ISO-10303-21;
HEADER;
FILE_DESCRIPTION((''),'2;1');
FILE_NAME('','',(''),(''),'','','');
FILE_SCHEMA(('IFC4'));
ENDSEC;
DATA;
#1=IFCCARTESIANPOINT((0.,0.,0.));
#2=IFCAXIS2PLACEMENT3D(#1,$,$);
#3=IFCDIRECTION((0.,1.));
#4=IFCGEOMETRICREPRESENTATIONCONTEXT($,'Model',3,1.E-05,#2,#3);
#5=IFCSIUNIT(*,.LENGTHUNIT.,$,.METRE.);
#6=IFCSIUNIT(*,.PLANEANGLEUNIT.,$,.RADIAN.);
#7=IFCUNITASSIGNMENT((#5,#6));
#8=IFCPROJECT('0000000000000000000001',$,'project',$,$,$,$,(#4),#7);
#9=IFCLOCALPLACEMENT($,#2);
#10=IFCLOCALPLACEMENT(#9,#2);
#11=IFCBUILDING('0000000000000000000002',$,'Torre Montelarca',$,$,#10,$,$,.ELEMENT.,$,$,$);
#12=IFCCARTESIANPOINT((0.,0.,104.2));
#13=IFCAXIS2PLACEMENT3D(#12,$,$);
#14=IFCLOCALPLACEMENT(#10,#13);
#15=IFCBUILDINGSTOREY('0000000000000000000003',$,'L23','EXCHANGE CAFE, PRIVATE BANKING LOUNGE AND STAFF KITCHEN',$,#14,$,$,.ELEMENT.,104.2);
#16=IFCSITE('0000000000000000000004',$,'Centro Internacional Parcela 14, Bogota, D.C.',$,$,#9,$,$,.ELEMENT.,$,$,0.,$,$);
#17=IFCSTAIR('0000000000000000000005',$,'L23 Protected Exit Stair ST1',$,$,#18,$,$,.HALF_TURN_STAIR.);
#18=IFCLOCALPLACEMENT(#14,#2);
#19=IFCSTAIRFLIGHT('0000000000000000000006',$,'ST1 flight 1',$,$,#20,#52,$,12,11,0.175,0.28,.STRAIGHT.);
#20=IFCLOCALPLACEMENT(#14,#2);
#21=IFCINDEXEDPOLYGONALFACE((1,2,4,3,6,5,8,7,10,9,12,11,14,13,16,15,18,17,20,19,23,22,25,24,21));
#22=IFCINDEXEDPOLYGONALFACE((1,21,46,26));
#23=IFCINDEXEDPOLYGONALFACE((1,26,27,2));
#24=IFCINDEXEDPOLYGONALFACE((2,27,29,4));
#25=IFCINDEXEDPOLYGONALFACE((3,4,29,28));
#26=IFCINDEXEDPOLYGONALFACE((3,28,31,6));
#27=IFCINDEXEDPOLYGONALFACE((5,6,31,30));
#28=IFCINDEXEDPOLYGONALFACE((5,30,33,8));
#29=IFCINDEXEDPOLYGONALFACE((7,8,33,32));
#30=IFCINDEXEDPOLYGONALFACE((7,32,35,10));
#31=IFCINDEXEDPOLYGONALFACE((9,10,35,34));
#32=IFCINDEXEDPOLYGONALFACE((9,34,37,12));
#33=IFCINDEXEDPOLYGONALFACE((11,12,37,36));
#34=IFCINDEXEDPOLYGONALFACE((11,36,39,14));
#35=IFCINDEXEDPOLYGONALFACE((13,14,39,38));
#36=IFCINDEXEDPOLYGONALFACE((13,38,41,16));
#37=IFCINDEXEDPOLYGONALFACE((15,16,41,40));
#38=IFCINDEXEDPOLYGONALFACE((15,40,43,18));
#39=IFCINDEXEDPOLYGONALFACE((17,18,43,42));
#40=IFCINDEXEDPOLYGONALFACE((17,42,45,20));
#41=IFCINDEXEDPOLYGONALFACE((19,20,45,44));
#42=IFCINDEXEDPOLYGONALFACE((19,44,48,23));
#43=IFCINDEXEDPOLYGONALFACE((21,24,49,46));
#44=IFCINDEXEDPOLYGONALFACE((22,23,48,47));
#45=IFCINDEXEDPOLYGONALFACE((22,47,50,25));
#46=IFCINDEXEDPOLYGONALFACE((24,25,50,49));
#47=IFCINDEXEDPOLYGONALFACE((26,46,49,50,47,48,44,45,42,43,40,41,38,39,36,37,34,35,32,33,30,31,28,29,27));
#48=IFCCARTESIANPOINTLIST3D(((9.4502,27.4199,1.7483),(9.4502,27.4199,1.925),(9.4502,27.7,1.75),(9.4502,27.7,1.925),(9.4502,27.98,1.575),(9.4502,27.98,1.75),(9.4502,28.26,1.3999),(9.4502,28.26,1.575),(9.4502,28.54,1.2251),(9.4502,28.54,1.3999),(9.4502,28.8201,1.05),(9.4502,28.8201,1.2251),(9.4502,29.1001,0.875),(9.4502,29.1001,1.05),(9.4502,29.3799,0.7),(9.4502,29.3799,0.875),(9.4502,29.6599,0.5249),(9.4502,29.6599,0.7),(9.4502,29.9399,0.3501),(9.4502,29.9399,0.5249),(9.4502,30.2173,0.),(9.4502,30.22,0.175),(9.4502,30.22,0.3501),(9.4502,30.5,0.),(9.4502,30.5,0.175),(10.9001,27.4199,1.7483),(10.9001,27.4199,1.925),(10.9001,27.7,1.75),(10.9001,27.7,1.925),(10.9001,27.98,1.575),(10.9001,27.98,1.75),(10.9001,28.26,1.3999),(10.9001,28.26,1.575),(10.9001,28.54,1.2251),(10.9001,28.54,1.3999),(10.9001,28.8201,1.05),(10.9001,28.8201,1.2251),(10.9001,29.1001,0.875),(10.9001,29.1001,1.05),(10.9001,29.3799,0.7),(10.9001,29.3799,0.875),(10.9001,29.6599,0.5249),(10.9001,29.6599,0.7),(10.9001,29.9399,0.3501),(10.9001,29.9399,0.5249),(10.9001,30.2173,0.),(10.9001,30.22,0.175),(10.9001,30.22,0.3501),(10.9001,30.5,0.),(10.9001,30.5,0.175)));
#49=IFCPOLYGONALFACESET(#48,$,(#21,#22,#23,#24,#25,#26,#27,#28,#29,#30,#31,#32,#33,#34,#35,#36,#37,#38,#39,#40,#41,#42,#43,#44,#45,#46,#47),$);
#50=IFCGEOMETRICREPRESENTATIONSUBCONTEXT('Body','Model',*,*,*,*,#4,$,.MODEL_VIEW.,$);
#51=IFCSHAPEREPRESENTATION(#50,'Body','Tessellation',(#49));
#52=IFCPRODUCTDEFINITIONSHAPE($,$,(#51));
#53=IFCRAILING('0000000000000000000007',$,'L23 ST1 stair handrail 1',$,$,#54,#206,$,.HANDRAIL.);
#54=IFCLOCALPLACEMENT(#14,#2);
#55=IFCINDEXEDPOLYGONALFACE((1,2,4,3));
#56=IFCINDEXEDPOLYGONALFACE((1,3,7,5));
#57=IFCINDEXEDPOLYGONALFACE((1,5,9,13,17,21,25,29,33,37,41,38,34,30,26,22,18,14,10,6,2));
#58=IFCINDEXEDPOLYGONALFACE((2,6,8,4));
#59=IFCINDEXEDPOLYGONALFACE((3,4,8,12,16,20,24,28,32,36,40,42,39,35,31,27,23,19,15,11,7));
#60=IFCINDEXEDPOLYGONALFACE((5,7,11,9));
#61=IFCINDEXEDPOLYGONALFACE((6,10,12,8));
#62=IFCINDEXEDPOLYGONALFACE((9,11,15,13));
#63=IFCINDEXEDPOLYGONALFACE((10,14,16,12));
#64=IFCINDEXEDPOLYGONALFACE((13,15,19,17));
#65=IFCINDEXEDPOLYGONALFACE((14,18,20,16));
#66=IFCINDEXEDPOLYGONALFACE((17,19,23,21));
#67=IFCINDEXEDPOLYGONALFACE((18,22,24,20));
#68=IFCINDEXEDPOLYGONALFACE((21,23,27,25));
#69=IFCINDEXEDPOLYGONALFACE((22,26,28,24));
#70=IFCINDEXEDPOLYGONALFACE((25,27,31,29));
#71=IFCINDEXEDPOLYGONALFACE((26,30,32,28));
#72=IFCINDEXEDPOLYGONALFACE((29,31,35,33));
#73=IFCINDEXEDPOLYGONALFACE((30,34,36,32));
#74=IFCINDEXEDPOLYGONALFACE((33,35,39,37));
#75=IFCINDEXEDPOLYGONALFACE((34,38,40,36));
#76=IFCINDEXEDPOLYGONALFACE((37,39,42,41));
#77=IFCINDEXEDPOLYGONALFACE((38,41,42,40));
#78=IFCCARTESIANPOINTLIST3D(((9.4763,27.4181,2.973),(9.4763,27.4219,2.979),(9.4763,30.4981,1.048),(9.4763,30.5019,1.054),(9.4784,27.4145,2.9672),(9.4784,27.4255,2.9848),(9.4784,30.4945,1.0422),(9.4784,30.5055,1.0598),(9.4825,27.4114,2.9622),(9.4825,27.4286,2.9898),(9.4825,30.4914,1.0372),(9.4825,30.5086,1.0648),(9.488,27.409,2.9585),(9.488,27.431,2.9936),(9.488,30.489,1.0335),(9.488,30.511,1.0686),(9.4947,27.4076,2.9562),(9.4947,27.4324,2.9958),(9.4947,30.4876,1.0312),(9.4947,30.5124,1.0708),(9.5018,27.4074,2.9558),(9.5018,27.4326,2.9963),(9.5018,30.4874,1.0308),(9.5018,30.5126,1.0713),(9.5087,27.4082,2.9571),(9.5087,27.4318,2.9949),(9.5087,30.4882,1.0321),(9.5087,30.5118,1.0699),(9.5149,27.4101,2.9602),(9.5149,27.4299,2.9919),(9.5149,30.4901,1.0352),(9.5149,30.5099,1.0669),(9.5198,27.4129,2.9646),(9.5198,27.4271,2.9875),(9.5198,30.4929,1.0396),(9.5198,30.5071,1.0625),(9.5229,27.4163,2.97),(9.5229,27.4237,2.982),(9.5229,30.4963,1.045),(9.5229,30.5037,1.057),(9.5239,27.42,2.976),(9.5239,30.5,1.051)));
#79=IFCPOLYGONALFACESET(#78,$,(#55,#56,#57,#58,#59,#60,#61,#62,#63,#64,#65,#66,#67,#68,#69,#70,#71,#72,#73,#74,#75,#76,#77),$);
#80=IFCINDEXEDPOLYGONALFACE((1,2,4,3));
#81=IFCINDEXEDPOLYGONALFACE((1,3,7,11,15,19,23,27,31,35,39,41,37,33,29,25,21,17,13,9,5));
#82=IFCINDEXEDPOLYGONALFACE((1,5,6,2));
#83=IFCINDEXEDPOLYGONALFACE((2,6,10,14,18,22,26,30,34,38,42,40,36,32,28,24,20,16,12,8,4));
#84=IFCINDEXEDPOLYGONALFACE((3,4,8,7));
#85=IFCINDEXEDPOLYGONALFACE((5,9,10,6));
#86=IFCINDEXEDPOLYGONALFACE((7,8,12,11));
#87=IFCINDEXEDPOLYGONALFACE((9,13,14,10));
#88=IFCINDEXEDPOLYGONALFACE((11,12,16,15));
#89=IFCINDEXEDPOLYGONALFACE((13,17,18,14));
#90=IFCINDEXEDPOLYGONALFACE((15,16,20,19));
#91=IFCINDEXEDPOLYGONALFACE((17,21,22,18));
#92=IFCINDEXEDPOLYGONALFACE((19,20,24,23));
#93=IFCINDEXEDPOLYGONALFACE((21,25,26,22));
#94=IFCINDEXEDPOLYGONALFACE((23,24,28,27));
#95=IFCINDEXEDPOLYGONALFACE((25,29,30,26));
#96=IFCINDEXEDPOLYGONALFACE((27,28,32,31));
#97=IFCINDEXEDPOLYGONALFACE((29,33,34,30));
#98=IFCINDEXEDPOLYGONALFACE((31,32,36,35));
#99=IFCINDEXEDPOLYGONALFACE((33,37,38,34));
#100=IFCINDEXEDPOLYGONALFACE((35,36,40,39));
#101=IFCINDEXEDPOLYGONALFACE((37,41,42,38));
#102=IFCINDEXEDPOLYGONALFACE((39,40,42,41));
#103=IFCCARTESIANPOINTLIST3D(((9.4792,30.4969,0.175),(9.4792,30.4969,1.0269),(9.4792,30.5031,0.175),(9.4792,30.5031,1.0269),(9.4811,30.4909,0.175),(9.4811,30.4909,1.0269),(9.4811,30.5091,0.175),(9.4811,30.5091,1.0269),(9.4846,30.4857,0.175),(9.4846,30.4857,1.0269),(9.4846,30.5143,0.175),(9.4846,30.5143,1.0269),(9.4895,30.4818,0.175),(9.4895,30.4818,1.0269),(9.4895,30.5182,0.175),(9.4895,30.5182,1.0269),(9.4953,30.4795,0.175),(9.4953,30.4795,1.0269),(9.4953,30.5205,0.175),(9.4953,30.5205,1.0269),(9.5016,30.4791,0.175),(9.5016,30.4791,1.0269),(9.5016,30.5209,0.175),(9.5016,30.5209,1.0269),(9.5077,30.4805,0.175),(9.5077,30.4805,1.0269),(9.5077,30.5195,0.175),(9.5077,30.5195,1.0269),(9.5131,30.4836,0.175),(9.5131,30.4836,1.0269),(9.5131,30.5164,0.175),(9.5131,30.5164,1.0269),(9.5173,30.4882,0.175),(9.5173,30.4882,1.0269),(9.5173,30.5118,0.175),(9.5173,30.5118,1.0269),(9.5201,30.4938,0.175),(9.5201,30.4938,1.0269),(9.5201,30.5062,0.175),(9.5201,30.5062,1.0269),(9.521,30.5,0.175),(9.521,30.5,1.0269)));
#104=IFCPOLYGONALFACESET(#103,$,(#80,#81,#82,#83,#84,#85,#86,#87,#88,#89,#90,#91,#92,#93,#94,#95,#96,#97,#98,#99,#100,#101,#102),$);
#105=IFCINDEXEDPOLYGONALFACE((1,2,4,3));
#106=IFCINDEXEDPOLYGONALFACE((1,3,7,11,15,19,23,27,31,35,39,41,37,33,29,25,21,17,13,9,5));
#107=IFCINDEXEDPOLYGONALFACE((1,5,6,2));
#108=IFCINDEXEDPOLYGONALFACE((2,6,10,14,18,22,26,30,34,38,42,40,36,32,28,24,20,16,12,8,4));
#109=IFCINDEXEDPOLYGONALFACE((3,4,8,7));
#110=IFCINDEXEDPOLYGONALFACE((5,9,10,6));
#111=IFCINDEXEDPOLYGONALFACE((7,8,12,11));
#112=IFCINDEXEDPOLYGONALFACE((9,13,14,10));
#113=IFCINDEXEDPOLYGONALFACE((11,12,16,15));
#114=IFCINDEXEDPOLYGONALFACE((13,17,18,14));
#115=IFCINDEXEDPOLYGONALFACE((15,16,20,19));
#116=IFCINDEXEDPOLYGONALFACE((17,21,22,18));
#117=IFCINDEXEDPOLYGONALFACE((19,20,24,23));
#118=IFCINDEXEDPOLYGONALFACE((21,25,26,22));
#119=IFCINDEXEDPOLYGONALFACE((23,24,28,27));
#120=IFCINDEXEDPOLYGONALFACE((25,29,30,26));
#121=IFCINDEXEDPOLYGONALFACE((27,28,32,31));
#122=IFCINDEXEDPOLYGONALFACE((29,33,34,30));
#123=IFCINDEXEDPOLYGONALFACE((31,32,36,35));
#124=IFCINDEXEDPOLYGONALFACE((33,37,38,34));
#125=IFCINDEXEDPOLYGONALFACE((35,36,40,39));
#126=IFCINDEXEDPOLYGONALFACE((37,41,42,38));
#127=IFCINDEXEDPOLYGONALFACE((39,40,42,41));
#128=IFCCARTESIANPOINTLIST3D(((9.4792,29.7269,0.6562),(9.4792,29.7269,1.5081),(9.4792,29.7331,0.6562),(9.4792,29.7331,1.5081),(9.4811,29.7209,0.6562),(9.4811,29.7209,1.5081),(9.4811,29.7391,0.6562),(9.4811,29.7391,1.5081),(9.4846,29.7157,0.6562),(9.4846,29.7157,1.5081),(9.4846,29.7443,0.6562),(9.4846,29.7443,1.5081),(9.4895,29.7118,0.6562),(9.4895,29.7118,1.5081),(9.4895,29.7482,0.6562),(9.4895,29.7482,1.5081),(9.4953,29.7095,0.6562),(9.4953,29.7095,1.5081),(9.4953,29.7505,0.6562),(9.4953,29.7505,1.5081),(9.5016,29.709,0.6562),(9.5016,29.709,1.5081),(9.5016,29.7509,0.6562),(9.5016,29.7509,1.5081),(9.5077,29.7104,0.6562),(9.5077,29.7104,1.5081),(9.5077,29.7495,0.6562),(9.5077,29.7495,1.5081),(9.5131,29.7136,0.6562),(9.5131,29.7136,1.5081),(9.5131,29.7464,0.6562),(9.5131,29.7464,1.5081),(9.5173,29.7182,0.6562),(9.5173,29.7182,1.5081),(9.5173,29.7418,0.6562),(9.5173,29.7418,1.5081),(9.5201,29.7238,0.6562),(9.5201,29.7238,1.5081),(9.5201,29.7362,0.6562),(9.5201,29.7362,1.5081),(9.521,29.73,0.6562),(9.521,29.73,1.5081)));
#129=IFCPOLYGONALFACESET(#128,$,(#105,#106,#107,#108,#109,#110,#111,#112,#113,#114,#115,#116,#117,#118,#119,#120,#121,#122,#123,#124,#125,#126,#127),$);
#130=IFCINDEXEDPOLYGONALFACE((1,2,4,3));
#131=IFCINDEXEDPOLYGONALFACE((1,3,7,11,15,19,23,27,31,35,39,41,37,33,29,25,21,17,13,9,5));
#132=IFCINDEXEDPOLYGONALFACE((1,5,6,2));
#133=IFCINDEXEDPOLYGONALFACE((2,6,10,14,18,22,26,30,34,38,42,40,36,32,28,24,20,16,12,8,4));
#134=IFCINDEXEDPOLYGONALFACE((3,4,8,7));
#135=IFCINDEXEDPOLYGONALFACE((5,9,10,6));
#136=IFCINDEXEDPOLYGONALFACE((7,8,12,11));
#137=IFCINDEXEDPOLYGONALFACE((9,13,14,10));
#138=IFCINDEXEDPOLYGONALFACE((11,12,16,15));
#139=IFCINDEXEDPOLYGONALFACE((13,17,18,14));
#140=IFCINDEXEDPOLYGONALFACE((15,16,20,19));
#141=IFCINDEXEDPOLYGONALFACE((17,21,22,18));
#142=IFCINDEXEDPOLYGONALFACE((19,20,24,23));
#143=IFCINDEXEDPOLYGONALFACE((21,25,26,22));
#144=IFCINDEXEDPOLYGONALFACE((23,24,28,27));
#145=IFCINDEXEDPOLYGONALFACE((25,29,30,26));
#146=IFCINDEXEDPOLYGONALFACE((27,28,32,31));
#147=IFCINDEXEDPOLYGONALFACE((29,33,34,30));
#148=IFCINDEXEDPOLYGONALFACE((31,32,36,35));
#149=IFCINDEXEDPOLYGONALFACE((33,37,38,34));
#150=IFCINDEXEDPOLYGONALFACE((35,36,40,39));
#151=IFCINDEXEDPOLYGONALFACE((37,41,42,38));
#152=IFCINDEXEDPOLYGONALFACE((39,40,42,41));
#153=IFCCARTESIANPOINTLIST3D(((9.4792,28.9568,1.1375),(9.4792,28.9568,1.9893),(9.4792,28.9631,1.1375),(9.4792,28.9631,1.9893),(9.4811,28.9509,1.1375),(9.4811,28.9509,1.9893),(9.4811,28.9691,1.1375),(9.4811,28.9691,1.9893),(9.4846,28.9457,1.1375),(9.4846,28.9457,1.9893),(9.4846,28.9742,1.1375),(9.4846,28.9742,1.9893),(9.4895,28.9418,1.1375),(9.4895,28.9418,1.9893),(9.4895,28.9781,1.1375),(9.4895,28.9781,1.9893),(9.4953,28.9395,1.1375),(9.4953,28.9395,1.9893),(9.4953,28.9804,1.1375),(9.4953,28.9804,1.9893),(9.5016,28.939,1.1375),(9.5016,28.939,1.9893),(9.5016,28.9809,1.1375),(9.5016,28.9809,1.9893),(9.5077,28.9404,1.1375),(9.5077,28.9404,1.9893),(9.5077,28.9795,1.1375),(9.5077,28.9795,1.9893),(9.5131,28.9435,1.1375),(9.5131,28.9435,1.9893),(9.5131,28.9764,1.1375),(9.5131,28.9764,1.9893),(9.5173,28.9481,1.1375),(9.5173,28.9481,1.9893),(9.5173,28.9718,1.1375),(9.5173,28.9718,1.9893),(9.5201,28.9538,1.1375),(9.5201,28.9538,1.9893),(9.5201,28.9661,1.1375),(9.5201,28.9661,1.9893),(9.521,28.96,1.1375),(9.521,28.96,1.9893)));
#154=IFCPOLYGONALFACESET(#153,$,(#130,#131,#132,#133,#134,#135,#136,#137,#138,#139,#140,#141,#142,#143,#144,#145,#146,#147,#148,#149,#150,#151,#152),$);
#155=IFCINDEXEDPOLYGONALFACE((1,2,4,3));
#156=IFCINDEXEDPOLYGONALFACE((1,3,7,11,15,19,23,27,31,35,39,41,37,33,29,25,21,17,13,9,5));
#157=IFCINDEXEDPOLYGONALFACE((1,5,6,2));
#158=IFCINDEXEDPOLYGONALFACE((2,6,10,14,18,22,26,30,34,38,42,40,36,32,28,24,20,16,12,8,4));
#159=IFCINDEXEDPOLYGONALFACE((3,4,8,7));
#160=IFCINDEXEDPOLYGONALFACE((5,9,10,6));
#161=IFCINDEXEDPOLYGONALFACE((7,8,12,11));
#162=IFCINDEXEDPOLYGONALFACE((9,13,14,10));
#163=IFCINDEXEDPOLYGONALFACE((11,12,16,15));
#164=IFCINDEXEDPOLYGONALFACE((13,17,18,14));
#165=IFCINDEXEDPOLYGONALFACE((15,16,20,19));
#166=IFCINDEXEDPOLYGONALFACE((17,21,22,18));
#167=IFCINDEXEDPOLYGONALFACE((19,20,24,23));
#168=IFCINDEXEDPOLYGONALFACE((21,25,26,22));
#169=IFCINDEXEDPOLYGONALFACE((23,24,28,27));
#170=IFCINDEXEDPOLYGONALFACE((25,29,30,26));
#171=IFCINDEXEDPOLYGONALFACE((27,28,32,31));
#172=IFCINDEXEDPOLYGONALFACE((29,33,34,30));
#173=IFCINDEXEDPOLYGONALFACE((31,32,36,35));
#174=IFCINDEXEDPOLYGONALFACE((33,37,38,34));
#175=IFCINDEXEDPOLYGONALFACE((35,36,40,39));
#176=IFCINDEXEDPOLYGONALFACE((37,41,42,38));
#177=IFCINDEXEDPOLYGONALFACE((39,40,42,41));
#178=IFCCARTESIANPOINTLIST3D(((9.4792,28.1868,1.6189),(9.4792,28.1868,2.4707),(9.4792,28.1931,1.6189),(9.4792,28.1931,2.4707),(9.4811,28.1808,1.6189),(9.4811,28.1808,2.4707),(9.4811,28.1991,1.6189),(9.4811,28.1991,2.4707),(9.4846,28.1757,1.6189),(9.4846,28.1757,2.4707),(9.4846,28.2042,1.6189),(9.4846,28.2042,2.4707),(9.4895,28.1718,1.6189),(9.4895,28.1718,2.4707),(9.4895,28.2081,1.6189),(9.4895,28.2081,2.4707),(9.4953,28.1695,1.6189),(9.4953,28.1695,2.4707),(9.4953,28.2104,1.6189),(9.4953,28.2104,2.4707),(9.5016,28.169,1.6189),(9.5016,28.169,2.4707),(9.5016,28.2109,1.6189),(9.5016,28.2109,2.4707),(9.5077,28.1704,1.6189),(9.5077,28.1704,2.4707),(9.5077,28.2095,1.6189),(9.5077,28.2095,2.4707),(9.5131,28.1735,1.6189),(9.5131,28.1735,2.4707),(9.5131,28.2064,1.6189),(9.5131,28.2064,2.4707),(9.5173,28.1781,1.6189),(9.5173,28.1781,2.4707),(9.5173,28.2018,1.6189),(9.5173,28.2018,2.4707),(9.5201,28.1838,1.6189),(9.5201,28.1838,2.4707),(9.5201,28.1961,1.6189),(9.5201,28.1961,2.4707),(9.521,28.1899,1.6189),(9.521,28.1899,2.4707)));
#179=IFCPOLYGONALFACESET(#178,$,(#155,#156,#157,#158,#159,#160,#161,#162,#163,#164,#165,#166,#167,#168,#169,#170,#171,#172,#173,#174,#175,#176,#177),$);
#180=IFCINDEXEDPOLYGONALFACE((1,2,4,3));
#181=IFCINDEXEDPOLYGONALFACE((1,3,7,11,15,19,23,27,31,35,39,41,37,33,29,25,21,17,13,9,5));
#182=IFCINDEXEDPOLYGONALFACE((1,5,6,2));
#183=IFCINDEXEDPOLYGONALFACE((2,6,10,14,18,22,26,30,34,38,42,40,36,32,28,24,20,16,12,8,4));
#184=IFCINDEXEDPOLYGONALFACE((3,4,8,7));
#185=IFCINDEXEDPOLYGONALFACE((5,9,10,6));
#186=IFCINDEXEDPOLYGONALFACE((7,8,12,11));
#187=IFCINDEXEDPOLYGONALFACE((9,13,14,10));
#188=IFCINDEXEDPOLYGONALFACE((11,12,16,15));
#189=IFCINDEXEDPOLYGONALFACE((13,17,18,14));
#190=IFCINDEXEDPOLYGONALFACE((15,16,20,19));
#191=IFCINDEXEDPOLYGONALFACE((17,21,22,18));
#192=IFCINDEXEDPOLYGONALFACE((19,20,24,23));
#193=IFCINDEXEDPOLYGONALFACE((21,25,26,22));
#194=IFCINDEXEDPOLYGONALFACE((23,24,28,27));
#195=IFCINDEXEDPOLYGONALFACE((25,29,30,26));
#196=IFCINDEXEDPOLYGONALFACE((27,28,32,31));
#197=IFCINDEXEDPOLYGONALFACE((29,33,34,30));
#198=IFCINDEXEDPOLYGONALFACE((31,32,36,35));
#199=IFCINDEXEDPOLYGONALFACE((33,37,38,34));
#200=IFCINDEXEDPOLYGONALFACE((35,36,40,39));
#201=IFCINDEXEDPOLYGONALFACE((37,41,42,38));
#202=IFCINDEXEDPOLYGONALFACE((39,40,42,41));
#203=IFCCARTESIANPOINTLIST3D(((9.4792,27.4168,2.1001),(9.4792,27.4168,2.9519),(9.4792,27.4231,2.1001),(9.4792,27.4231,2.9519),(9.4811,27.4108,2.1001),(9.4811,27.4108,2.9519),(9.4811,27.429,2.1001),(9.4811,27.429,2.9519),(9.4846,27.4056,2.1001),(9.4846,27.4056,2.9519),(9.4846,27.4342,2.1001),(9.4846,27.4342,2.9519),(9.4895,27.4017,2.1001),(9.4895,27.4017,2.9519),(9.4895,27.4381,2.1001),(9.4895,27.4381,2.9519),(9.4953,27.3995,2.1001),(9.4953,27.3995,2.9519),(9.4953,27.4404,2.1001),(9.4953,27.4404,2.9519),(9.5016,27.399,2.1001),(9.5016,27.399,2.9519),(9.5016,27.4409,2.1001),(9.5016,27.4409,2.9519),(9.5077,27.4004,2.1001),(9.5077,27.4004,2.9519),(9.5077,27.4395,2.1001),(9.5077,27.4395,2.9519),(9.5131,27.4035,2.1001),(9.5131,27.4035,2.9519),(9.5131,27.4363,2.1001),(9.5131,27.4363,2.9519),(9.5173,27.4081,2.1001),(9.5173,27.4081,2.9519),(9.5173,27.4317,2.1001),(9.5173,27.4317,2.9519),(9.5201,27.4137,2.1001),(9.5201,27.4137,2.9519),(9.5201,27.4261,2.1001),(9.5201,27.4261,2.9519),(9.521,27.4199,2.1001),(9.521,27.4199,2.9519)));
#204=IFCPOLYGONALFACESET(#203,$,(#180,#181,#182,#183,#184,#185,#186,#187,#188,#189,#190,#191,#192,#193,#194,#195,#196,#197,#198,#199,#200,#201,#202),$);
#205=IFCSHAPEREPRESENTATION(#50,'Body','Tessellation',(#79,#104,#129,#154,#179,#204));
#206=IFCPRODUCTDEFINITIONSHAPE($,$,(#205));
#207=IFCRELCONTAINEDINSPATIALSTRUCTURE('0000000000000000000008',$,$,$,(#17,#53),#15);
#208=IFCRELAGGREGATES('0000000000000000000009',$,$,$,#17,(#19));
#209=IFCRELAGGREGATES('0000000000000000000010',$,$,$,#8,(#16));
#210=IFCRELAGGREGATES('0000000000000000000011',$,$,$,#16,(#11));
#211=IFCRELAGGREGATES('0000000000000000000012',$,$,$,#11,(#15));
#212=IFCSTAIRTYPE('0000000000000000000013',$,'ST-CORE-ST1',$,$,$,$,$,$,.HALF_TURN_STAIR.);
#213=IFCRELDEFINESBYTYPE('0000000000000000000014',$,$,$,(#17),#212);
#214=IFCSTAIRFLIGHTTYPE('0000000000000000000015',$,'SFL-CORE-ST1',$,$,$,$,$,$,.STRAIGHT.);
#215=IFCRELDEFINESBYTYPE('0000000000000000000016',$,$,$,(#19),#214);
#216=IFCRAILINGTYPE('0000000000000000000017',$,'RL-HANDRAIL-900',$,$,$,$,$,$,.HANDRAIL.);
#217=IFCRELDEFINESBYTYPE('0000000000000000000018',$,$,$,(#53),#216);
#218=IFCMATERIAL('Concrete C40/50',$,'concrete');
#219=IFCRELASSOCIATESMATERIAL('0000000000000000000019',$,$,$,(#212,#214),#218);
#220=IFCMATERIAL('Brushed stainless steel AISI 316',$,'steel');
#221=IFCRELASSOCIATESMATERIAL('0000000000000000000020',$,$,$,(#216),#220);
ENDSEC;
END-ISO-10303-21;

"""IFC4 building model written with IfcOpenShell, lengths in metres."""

from ifc_helpers import new_model, si_unit, direction, frame, origin, origin_2d, place, context, subcontext, project, spatial, polyline, circle, outline, extrude, material, type_object, element, aggregate, save


model = new_model("IFC4")

# Units and contexts
model_context = context("Model", 3, precision=1e-05, world=origin(), true_north=direction((0.0, 1.0)))
body_context = subcontext(model_context, "Body", "Model", "MODEL_VIEW")
ifc_project = project(units=[si_unit("LENGTHUNIT", "METRE"), si_unit("PLANEANGLEUNIT", "RADIAN")], contexts=[model_context])

# Site, building, storey
site_placement = place(None, origin())
site = spatial("IfcSite", under=ifc_project, at=site_placement, Name="Centro Internacional Parcela 14, Bogota, D.C.", CompositionType="ELEMENT", RefElevation=0.0)
building_placement = place(site_placement, origin())
building = spatial("IfcBuilding", under=site, at=building_placement, Name="Torre Montelarca", CompositionType="ELEMENT")
storey_placement = place(building_placement, frame((0.0, 0.0, 104.2)))
storey = spatial("IfcBuildingStorey", under=building, at=storey_placement, Name="L23", Description="EXCHANGE CAFE, PRIVATE BANKING LOUNGE AND STAFF KITCHEN", CompositionType="ELEMENT", Elevation=104.2)

# Shared definitions
ifc_material_1 = material(Name="Concrete C40/50", Category="concrete")

# Shared definitions
ifc_material_2 = material(Name="Brushed stainless steel AISI 316", Category="steel")

# Stair, stair flight
stair_type = type_object("IfcStairType", Name="ST-CORE-ST1", PredefinedType="HALF_TURN_STAIR", material=ifc_material_1)
stair_placement = place(storey_placement, origin())
stair = element("IfcStair", 1, at=stair_placement, inside=storey, type_object=stair_type, Name="L23 Protected Exit Stair ST1", PredefinedType="HALF_TURN_STAIR")
stair_flight_type = type_object("IfcStairFlightType", Name="SFL-CORE-ST1", PredefinedType="STRAIGHT", material=ifc_material_1)
stair_flight_placement = place(storey_placement, frame((10.175, 30.5, 0.0), z_axis=(0.0, 0.0, 1.0), x_axis=(0.0, -1.0, 0.0)))
stair_flight = element("IfcStairFlight", 2, at=stair_flight_placement, type_object=stair_flight_type, Name="ST1 flight 1", NumberOfRisers=12, NumberOfTreads=11, PredefinedType="STRAIGHT", RiserHeight=0.175, TreadLength=0.28, context=body_context, shape_type="SweptSolid", body=[
    extrude(outline(polyline([(0.0, 0.0), (0.0, 0.175), (0.28, 0.175), (0.28, 0.3501), (0.5601, 0.3501), (0.5601, 0.5249), (0.8401, 0.5249), (0.8401, 0.7), (1.1201, 0.7), (1.1201, 0.875), (1.3999, 0.875), (1.3999, 1.05), (1.6799, 1.05), (1.6799, 1.2251), (1.96, 1.2251), (1.96, 1.3999), (2.24, 1.3999), (2.24, 1.575), (2.52, 1.575), (2.52, 1.75), (2.8, 1.75), (2.8, 1.925), (3.0801, 1.925), (3.0801, 2.1001), (3.0801, 1.7483), (0.2827, 0.0), (0.0, 0.0)])), frame((0.0, 0.7251, 0.0), z_axis=(0.0, -1.0, 0.0), x_axis=(1.0, 0.0, 0.0)), (0.0, 0.0, 1.0), 1.45),
])
aggregate(stair, [stair_flight])

# Railing
railing_type = type_object("IfcRailingType", Name="RL-HANDRAIL-900", PredefinedType="HANDRAIL", material=ifc_material_2)
railing_placement = place(storey_placement, frame((9.5, 30.5, 0.175)))
element("IfcRailing", 3, at=railing_placement, inside=storey, type_object=railing_type, Name="L23 ST1 stair handrail 1", PredefinedType="HANDRAIL", context=body_context, shape_type="SweptSolid", body=[
    extrude(circle(Radius=0.0239, at=origin_2d()), frame((0.0, 0.0, 0.876), z_axis=(0.0, -0.847998, 0.529999), x_axis=(1.0, 0.0, 0.0)), (0.0, 0.0, 1.0), 3.6321),
    extrude(circle(Radius=0.021, at=origin_2d()), origin(), (0.0, 0.0, 1.0), 0.8518),
    extrude(circle(Radius=0.021, at=origin_2d()), frame((0.0, -0.77, 0.4812)), (0.0, 0.0, 1.0), 0.8518),
    extrude(circle(Radius=0.021, at=origin_2d()), frame((0.0, -1.54, 0.9624)), (0.0, 0.0, 1.0), 0.8518),
    extrude(circle(Radius=0.021, at=origin_2d()), frame((0.0, -2.3101, 1.4438)), (0.0, 0.0, 1.0), 0.8518),
    extrude(circle(Radius=0.021, at=origin_2d()), frame((0.0, -3.0801, 1.925)), (0.0, 0.0, 1.0), 0.8518),
])

save(model, "model.ifc")
